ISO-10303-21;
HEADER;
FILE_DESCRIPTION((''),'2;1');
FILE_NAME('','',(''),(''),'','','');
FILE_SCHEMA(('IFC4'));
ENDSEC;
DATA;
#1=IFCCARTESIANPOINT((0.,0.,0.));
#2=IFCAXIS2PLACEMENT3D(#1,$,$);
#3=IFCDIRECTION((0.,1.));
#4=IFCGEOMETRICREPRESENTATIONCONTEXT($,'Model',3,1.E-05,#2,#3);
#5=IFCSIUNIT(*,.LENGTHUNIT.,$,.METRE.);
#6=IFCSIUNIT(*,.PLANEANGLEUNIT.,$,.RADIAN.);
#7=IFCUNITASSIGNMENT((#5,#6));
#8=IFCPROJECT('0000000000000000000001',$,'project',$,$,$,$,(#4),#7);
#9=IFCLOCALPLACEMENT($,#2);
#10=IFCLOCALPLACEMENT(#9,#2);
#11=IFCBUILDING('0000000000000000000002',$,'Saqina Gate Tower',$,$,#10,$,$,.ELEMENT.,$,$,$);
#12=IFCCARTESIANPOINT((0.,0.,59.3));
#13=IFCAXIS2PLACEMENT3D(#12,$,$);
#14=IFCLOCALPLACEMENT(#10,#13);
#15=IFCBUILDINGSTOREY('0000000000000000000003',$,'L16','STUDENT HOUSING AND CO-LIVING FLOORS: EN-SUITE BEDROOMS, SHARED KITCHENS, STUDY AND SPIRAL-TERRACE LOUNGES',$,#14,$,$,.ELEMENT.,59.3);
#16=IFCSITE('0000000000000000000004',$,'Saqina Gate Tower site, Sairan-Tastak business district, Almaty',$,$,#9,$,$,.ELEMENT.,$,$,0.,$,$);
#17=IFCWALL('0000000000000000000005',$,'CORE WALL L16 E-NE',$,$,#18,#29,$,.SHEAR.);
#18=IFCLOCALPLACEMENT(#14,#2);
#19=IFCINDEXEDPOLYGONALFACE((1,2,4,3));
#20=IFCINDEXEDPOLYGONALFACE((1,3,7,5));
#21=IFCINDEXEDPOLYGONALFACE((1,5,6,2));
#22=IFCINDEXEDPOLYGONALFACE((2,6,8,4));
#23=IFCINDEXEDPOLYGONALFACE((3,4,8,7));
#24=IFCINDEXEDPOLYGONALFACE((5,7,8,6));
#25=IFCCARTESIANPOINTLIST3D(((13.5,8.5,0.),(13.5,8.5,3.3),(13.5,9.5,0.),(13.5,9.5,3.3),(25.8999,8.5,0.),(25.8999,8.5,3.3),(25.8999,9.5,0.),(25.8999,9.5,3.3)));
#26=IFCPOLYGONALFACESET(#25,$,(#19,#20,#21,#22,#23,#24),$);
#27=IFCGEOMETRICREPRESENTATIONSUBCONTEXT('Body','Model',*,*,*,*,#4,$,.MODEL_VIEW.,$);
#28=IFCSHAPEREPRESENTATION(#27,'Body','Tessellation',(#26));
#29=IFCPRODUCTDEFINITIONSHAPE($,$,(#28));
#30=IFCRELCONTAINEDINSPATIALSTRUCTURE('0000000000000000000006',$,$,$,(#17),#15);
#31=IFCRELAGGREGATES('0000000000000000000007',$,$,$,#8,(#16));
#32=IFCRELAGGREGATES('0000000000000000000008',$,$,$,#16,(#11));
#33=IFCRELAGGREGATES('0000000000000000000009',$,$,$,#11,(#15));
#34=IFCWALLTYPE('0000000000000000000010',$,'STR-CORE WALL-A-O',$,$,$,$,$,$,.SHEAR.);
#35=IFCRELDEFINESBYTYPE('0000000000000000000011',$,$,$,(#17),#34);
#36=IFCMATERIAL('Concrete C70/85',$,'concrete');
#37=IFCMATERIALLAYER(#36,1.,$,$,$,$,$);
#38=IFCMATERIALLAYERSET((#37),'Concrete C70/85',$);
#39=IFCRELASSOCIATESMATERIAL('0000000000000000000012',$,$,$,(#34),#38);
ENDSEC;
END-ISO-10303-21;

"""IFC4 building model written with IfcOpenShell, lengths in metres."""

from ifc_helpers import new_model, si_unit, direction, frame, frame_2d, origin, place, context, subcontext, project, spatial, rectangle, extrude, material, layer, layer_set, type_object, element, save


model = new_model("IFC4")

# Units and contexts
model_context = context("Model", 3, precision=1e-05, world=origin(), true_north=direction((0.0, 1.0)))
body_context = subcontext(model_context, "Body", "Model", "MODEL_VIEW")
ifc_project = project(units=[si_unit("LENGTHUNIT", "METRE"), si_unit("PLANEANGLEUNIT", "RADIAN")], contexts=[model_context])

# Site, building, storey
site_placement = place(None, origin())
site = spatial("IfcSite", under=ifc_project, at=site_placement, Name="Saqina Gate Tower site, Sairan-Tastak business district, Almaty", CompositionType="ELEMENT", RefElevation=0.0)
building_placement = place(site_placement, origin())
building = spatial("IfcBuilding", under=site, at=building_placement, Name="Saqina Gate Tower", CompositionType="ELEMENT")
storey_placement = place(building_placement, frame((0.0, 0.0, 59.3)))
storey = spatial("IfcBuildingStorey", under=building, at=storey_placement, Name="L16", Description="STUDENT HOUSING AND CO-LIVING FLOORS: EN-SUITE BEDROOMS, SHARED KITCHENS, STUDY AND SPIRAL-TERRACE LOUNGES", CompositionType="ELEMENT", Elevation=59.3)

# Wall
ifc_material_1 = material(Name="Concrete C70/85", Category="concrete")
ifc_layer_1 = layer(ifc_material_1, 1.0)
ifc_layer_set_1 = layer_set([ifc_layer_1], Name="Concrete C70/85")
wall_type_1 = type_object("IfcWallType", Name="STR-CORE WALL-A-O", PredefinedType="SHEAR", material=ifc_layer_set_1)
wall_1_placement = place(storey_placement, frame((13.5, 9.0, 0.0), z_axis=(0.0, 0.0, 1.0), x_axis=(1.0, 0.0, 0.0)))
element("IfcWall", 1, at=wall_1_placement, inside=storey, type_object=wall_type_1, Name="CORE WALL L16 E-NE", PredefinedType="SHEAR", context=body_context, shape_type="SweptSolid", body=[
    extrude(rectangle(XDim=12.3999, YDim=1.0, at=frame_2d((6.2, 0.0))), origin(), (0.0, 0.0, 1.0), 3.3),
])

save(model, "model.ifc")
